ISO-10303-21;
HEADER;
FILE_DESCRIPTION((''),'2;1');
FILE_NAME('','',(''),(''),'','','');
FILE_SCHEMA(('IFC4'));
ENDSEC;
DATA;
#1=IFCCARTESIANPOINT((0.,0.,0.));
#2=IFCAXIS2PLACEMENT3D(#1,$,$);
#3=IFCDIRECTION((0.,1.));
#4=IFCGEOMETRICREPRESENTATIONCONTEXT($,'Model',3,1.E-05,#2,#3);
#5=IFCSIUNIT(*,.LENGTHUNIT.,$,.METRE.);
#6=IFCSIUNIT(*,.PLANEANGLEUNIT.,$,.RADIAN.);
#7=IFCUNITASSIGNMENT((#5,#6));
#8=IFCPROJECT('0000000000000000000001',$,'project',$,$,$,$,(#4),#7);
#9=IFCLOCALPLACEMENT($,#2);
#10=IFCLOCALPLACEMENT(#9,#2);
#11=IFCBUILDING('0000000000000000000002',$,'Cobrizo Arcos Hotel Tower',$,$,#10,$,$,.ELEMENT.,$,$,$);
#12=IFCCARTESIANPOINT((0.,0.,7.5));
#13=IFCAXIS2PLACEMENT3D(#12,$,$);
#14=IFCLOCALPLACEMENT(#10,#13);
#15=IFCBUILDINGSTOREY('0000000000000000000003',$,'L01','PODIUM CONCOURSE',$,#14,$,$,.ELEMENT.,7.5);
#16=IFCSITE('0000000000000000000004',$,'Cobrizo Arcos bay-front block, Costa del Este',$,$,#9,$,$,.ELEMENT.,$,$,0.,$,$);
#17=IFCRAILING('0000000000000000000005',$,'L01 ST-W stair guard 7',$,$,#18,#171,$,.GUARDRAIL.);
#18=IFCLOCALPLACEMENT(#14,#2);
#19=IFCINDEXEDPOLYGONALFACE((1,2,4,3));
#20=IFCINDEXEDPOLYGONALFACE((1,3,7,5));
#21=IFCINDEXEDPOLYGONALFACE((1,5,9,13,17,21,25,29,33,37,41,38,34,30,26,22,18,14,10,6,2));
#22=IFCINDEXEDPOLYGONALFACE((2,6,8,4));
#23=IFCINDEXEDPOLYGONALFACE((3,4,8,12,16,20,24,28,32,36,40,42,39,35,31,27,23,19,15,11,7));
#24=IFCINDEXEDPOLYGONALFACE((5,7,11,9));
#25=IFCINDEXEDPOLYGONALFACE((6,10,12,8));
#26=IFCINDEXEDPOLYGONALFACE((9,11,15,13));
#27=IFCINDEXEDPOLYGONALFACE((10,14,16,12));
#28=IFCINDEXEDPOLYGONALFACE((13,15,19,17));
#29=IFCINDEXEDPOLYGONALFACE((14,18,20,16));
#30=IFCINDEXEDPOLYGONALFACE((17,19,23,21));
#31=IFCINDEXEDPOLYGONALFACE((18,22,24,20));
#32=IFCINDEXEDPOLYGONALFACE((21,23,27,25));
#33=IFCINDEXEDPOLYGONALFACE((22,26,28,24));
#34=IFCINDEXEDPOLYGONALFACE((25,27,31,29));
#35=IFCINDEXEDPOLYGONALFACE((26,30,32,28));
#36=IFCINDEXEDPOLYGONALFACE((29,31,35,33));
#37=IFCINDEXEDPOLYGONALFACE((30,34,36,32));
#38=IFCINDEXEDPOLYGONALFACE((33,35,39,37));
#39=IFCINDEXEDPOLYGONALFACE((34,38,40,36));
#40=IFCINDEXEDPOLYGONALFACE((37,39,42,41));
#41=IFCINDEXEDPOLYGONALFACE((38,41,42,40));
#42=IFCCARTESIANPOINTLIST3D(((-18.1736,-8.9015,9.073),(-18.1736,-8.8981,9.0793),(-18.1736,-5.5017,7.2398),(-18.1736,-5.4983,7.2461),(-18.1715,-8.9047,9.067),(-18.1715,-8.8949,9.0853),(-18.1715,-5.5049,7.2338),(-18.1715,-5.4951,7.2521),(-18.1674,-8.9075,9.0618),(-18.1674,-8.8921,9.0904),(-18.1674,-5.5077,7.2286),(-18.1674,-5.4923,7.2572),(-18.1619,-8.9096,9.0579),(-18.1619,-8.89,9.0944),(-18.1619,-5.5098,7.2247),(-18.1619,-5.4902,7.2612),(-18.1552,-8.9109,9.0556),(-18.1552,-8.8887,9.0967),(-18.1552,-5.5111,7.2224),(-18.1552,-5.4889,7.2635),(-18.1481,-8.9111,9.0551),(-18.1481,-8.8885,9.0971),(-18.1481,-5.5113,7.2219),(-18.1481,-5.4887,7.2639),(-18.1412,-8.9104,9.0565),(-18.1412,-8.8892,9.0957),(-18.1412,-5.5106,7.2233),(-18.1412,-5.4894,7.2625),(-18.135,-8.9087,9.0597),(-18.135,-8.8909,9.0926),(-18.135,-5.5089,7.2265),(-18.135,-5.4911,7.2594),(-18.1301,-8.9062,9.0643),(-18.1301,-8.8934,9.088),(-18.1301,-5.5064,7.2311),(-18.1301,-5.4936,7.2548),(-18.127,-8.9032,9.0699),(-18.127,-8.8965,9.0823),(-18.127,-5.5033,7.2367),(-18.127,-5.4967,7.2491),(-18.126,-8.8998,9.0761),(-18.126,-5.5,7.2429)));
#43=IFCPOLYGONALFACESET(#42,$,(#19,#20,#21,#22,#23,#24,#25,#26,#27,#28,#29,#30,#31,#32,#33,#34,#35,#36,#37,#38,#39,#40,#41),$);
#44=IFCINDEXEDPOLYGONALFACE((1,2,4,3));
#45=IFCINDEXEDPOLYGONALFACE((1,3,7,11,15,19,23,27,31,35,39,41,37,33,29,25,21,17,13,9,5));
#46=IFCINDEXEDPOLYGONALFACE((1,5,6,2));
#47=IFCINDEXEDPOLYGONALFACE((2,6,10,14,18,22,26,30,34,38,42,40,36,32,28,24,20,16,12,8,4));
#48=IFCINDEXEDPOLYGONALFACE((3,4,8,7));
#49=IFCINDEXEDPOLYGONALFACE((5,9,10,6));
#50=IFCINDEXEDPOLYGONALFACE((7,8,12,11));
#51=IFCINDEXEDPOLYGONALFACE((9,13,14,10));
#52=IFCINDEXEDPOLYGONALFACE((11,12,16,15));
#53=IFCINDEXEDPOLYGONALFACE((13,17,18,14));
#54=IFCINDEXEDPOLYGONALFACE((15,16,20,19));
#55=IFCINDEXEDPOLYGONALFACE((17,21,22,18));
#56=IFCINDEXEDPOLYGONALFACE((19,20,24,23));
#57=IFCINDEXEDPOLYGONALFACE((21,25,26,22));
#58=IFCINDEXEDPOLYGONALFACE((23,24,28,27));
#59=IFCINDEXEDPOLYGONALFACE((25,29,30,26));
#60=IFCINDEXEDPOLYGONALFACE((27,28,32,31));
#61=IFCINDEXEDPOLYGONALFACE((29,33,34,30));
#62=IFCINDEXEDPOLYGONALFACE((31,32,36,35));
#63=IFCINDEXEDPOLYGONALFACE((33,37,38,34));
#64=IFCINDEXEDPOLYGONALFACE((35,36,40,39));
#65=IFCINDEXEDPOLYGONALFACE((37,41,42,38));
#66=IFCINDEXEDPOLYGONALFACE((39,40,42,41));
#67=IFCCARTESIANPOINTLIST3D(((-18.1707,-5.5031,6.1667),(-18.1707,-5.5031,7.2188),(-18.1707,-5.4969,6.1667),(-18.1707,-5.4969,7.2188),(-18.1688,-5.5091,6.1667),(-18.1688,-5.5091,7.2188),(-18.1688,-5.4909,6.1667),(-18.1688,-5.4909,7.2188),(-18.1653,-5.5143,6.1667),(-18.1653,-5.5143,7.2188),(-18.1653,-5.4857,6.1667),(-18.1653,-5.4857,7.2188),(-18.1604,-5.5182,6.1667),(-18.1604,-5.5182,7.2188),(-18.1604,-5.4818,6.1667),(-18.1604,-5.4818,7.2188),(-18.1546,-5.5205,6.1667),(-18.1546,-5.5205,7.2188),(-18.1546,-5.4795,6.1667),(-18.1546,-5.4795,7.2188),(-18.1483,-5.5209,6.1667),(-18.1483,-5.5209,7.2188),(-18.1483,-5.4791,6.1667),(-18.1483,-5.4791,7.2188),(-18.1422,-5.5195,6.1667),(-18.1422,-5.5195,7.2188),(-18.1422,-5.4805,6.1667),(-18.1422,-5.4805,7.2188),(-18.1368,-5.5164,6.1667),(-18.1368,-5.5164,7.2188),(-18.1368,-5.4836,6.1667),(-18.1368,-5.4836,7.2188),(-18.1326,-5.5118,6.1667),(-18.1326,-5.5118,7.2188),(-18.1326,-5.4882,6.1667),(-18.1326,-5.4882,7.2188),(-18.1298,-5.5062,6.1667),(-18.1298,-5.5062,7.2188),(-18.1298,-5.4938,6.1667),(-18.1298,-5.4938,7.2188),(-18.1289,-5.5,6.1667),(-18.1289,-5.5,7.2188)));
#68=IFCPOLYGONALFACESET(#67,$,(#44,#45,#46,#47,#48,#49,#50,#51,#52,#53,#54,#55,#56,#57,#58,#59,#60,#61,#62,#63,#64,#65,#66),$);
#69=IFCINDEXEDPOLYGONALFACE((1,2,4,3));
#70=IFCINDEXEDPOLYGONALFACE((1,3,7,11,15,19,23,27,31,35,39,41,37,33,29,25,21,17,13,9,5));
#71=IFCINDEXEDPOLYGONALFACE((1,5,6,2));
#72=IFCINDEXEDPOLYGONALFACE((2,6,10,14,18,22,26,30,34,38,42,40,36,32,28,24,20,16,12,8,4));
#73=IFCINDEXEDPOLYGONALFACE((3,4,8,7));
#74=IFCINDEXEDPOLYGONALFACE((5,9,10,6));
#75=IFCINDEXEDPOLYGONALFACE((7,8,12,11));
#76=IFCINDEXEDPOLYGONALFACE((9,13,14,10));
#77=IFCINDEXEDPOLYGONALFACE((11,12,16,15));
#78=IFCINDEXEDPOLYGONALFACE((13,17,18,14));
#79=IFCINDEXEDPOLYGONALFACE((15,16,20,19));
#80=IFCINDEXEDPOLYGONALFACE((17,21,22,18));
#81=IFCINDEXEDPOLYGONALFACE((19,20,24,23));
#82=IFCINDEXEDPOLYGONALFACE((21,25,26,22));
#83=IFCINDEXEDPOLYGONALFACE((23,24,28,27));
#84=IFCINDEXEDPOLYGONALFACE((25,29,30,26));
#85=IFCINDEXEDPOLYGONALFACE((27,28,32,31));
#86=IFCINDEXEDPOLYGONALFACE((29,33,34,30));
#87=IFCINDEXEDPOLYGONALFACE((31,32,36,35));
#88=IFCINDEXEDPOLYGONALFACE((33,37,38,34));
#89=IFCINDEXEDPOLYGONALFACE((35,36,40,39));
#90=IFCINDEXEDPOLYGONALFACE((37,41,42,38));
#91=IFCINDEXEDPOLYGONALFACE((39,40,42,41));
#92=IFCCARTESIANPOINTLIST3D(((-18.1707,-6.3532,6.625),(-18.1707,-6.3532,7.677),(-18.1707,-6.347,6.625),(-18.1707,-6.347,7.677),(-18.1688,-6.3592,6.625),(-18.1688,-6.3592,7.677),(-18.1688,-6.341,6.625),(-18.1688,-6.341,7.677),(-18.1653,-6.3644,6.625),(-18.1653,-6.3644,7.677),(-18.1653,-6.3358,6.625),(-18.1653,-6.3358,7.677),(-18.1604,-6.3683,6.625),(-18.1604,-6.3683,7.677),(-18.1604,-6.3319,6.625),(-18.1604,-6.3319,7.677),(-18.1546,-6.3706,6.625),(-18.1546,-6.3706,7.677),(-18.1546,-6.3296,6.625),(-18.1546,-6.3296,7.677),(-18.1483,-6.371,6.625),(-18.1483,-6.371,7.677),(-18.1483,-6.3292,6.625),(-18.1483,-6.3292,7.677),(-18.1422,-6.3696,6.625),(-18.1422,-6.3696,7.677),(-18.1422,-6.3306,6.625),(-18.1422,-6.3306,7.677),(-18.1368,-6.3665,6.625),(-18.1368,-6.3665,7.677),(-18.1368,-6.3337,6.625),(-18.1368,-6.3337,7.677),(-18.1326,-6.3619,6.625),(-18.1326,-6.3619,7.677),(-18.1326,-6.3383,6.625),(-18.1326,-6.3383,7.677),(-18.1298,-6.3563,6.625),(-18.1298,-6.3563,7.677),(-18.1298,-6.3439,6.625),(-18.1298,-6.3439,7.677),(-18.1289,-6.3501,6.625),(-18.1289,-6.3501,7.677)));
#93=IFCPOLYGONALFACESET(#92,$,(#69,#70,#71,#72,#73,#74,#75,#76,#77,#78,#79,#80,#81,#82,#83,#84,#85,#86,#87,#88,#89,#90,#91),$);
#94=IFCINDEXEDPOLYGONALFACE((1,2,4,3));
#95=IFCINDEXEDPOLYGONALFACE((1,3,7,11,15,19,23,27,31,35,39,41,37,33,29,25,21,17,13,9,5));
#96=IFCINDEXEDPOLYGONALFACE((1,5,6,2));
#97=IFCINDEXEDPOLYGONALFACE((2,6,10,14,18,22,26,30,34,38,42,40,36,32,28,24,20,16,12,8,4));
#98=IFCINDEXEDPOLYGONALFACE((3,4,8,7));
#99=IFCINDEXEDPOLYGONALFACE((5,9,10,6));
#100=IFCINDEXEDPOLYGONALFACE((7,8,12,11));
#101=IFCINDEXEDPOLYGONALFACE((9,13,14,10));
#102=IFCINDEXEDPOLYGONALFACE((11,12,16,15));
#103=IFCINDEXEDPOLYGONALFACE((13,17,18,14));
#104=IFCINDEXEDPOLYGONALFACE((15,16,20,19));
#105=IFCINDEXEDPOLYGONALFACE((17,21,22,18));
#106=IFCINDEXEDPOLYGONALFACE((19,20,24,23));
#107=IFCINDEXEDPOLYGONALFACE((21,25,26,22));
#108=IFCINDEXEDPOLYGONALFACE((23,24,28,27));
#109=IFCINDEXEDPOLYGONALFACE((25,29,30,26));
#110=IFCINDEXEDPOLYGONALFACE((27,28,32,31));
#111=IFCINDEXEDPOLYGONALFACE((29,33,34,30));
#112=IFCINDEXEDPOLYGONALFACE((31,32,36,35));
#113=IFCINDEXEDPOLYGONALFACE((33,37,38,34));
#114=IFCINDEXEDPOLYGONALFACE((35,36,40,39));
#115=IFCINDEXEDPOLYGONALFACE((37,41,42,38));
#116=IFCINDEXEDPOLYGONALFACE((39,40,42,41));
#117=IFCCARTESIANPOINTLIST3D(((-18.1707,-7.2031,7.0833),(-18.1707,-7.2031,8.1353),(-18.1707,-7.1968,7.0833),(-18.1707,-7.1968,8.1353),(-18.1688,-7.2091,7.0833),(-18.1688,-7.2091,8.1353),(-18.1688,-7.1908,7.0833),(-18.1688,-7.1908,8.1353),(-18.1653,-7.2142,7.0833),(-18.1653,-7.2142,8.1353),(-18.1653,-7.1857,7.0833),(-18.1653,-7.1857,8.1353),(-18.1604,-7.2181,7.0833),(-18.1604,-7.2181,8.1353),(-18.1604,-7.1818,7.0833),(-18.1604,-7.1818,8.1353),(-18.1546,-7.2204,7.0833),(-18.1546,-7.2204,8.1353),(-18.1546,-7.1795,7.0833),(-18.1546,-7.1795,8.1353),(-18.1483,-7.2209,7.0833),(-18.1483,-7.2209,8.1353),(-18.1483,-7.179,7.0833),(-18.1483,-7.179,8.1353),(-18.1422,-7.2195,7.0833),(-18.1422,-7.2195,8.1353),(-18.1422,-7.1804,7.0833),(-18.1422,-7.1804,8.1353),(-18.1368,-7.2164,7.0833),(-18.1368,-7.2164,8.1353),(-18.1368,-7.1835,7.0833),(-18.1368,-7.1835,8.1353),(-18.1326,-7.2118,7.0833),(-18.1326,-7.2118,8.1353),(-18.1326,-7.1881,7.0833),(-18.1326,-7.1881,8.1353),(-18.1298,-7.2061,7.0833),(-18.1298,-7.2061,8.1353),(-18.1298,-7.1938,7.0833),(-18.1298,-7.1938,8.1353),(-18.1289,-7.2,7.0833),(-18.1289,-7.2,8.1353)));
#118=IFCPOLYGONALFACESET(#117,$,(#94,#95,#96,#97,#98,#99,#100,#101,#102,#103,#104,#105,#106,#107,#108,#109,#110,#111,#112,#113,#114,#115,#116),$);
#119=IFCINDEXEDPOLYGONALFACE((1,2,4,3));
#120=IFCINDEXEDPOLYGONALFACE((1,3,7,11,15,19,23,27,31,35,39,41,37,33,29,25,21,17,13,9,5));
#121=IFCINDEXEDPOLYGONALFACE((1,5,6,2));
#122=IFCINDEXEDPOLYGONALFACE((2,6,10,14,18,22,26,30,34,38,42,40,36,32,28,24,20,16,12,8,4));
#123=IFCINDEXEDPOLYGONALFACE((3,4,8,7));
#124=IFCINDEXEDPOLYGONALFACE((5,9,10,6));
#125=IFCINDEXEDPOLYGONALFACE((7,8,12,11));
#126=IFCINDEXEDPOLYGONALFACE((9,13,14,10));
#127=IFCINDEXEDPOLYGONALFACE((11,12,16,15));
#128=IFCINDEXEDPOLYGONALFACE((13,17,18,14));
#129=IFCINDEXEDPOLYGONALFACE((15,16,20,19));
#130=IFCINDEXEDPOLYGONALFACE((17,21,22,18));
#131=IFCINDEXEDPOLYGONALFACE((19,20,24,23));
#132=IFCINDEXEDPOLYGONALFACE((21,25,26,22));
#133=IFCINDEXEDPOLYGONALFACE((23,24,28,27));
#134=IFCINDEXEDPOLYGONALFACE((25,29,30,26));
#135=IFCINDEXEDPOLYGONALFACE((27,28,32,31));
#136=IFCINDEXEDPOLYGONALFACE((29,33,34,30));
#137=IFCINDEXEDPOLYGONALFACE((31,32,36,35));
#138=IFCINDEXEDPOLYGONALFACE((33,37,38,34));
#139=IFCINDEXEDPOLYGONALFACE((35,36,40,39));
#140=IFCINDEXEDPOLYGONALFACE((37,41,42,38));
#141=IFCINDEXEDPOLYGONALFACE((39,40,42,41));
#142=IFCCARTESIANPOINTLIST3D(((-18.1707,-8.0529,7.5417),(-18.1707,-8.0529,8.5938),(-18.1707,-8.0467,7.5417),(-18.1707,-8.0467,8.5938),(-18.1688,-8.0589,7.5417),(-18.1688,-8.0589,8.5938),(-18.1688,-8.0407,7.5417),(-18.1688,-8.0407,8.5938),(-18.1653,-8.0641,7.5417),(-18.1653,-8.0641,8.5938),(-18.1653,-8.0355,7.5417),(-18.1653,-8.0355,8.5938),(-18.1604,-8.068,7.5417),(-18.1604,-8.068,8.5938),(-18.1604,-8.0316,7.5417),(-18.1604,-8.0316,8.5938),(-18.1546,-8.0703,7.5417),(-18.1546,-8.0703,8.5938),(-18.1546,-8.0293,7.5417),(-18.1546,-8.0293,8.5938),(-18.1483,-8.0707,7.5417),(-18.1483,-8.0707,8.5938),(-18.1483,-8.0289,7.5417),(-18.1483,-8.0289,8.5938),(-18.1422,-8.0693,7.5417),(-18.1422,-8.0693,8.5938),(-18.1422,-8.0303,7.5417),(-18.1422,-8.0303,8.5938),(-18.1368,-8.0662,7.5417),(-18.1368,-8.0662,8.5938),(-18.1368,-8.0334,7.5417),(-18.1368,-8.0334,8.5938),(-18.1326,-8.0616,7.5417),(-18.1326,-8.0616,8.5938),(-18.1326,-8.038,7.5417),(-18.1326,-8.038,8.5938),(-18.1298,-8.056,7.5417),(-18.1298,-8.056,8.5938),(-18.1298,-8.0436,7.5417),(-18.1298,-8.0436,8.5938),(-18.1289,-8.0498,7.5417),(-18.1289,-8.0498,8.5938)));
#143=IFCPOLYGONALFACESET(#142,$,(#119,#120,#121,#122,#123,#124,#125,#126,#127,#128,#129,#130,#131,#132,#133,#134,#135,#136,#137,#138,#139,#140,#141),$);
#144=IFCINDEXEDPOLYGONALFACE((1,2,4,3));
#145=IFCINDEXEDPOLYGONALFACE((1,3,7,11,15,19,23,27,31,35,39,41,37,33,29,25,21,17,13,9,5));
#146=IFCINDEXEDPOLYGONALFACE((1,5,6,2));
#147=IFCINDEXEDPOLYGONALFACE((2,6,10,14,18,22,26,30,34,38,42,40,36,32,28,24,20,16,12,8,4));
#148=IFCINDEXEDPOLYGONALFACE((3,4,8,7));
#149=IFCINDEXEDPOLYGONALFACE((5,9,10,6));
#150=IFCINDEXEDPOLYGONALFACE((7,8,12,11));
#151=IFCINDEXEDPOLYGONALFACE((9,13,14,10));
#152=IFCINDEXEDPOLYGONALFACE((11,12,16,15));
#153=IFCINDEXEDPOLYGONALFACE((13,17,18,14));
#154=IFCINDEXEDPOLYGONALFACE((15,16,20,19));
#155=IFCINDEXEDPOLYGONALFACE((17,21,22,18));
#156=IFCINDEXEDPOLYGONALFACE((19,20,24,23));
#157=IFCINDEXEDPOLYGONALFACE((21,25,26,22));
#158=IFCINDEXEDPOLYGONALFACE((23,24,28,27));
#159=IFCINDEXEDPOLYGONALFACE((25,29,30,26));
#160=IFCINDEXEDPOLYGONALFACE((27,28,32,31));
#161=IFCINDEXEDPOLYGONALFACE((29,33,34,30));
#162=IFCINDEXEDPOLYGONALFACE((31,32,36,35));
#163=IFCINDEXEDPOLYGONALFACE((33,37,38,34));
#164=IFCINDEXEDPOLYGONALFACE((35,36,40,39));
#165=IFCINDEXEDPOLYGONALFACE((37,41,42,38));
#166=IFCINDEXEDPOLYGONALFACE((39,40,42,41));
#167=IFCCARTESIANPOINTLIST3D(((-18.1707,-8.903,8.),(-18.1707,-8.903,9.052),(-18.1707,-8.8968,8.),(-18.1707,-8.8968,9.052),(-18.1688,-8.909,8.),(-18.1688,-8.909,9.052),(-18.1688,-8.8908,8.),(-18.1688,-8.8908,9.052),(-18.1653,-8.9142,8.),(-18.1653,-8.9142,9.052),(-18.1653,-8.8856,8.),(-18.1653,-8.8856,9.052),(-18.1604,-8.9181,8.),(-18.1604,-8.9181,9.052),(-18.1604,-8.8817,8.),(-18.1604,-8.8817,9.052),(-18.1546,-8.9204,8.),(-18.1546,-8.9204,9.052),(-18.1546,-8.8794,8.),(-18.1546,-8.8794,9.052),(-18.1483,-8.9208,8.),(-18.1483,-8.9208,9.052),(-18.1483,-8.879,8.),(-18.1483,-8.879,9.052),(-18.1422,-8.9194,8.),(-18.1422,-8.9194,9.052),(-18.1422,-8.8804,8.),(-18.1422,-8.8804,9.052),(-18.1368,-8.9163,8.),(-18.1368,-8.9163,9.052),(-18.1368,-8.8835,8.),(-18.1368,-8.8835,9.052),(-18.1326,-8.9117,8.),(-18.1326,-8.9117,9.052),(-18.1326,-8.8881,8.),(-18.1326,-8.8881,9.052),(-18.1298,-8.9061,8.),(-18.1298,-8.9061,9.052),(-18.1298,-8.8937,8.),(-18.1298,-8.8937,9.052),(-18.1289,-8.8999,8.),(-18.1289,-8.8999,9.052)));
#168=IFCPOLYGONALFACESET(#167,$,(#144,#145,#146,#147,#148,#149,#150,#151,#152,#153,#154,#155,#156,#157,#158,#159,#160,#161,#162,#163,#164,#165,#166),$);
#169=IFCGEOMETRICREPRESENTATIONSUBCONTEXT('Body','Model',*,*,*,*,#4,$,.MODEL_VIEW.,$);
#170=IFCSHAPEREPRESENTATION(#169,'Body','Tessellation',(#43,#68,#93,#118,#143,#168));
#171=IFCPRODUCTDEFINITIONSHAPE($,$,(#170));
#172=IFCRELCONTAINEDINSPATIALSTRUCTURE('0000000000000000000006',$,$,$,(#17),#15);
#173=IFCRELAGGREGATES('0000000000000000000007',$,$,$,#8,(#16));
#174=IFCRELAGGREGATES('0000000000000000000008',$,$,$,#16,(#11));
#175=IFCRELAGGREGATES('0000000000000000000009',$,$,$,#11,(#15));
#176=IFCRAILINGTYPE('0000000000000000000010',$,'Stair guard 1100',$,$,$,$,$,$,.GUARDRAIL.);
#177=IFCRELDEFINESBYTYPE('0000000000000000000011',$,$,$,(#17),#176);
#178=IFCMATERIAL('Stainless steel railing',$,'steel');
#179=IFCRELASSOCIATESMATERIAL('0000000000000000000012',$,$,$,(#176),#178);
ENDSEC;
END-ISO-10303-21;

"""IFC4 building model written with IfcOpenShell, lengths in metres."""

from ifc_helpers import new_model, si_unit, direction, frame, origin, origin_2d, place, context, subcontext, project, spatial, circle, extrude, material, type_object, element, save


model = new_model("IFC4")

# Units and contexts
model_context = context("Model", 3, precision=1e-05, world=origin(), true_north=direction((0.0, 1.0)))
body_context = subcontext(model_context, "Body", "Model", "MODEL_VIEW")
ifc_project = project(units=[si_unit("LENGTHUNIT", "METRE"), si_unit("PLANEANGLEUNIT", "RADIAN")], contexts=[model_context])

# Site, building, storey
site_placement = place(None, origin())
site = spatial("IfcSite", under=ifc_project, at=site_placement, Name="Cobrizo Arcos bay-front block, Costa del Este", CompositionType="ELEMENT", RefElevation=0.0)
building_placement = place(site_placement, origin())
building = spatial("IfcBuilding", under=site, at=building_placement, Name="Cobrizo Arcos Hotel Tower", CompositionType="ELEMENT")
storey_placement = place(building_placement, frame((0.0, 0.0, 7.5)))
storey = spatial("IfcBuildingStorey", under=building, at=storey_placement, Name="L01", Description="PODIUM CONCOURSE", CompositionType="ELEMENT", Elevation=7.5)

# Railing
ifc_material_1 = material(Name="Stainless steel railing", Category="steel")
railing_type_1 = type_object("IfcRailingType", Name="Stair guard 1100", PredefinedType="GUARDRAIL", material=ifc_material_1)
railing_1_placement = place(storey_placement, frame((-18.1499, -5.5, 6.1667)))
element("IfcRailing", 1, at=railing_1_placement, inside=storey, type_object=railing_type_1, Name="L01 ST-W stair guard 7", PredefinedType="GUARDRAIL", context=body_context, shape_type="SweptSolid", body=[
    extrude(circle(Radius=0.0239, at=origin_2d()), frame((0.0, 0.0, 1.0762), z_axis=(0.0, -0.880197, 0.474609), x_axis=(1.0, 0.0, 0.0)), (0.0, 0.0, 1.0), 3.8625),
    extrude(circle(Radius=0.021, at=origin_2d()), origin(), (0.0, 0.0, 1.0), 1.052),
    extrude(circle(Radius=0.021, at=origin_2d()), frame((0.0, -0.8501, 0.4583)), (0.0, 0.0, 1.0), 1.052),
    extrude(circle(Radius=0.021, at=origin_2d()), frame((0.0, -1.7, 0.9165)), (0.0, 0.0, 1.0), 1.052),
    extrude(circle(Radius=0.021, at=origin_2d()), frame((0.0, -2.5498, 1.375)), (0.0, 0.0, 1.0), 1.052),
    extrude(circle(Radius=0.021, at=origin_2d()), frame((0.0, -3.3999, 1.8333)), (0.0, 0.0, 1.0), 1.052),
])

save(model, "model.ifc")
